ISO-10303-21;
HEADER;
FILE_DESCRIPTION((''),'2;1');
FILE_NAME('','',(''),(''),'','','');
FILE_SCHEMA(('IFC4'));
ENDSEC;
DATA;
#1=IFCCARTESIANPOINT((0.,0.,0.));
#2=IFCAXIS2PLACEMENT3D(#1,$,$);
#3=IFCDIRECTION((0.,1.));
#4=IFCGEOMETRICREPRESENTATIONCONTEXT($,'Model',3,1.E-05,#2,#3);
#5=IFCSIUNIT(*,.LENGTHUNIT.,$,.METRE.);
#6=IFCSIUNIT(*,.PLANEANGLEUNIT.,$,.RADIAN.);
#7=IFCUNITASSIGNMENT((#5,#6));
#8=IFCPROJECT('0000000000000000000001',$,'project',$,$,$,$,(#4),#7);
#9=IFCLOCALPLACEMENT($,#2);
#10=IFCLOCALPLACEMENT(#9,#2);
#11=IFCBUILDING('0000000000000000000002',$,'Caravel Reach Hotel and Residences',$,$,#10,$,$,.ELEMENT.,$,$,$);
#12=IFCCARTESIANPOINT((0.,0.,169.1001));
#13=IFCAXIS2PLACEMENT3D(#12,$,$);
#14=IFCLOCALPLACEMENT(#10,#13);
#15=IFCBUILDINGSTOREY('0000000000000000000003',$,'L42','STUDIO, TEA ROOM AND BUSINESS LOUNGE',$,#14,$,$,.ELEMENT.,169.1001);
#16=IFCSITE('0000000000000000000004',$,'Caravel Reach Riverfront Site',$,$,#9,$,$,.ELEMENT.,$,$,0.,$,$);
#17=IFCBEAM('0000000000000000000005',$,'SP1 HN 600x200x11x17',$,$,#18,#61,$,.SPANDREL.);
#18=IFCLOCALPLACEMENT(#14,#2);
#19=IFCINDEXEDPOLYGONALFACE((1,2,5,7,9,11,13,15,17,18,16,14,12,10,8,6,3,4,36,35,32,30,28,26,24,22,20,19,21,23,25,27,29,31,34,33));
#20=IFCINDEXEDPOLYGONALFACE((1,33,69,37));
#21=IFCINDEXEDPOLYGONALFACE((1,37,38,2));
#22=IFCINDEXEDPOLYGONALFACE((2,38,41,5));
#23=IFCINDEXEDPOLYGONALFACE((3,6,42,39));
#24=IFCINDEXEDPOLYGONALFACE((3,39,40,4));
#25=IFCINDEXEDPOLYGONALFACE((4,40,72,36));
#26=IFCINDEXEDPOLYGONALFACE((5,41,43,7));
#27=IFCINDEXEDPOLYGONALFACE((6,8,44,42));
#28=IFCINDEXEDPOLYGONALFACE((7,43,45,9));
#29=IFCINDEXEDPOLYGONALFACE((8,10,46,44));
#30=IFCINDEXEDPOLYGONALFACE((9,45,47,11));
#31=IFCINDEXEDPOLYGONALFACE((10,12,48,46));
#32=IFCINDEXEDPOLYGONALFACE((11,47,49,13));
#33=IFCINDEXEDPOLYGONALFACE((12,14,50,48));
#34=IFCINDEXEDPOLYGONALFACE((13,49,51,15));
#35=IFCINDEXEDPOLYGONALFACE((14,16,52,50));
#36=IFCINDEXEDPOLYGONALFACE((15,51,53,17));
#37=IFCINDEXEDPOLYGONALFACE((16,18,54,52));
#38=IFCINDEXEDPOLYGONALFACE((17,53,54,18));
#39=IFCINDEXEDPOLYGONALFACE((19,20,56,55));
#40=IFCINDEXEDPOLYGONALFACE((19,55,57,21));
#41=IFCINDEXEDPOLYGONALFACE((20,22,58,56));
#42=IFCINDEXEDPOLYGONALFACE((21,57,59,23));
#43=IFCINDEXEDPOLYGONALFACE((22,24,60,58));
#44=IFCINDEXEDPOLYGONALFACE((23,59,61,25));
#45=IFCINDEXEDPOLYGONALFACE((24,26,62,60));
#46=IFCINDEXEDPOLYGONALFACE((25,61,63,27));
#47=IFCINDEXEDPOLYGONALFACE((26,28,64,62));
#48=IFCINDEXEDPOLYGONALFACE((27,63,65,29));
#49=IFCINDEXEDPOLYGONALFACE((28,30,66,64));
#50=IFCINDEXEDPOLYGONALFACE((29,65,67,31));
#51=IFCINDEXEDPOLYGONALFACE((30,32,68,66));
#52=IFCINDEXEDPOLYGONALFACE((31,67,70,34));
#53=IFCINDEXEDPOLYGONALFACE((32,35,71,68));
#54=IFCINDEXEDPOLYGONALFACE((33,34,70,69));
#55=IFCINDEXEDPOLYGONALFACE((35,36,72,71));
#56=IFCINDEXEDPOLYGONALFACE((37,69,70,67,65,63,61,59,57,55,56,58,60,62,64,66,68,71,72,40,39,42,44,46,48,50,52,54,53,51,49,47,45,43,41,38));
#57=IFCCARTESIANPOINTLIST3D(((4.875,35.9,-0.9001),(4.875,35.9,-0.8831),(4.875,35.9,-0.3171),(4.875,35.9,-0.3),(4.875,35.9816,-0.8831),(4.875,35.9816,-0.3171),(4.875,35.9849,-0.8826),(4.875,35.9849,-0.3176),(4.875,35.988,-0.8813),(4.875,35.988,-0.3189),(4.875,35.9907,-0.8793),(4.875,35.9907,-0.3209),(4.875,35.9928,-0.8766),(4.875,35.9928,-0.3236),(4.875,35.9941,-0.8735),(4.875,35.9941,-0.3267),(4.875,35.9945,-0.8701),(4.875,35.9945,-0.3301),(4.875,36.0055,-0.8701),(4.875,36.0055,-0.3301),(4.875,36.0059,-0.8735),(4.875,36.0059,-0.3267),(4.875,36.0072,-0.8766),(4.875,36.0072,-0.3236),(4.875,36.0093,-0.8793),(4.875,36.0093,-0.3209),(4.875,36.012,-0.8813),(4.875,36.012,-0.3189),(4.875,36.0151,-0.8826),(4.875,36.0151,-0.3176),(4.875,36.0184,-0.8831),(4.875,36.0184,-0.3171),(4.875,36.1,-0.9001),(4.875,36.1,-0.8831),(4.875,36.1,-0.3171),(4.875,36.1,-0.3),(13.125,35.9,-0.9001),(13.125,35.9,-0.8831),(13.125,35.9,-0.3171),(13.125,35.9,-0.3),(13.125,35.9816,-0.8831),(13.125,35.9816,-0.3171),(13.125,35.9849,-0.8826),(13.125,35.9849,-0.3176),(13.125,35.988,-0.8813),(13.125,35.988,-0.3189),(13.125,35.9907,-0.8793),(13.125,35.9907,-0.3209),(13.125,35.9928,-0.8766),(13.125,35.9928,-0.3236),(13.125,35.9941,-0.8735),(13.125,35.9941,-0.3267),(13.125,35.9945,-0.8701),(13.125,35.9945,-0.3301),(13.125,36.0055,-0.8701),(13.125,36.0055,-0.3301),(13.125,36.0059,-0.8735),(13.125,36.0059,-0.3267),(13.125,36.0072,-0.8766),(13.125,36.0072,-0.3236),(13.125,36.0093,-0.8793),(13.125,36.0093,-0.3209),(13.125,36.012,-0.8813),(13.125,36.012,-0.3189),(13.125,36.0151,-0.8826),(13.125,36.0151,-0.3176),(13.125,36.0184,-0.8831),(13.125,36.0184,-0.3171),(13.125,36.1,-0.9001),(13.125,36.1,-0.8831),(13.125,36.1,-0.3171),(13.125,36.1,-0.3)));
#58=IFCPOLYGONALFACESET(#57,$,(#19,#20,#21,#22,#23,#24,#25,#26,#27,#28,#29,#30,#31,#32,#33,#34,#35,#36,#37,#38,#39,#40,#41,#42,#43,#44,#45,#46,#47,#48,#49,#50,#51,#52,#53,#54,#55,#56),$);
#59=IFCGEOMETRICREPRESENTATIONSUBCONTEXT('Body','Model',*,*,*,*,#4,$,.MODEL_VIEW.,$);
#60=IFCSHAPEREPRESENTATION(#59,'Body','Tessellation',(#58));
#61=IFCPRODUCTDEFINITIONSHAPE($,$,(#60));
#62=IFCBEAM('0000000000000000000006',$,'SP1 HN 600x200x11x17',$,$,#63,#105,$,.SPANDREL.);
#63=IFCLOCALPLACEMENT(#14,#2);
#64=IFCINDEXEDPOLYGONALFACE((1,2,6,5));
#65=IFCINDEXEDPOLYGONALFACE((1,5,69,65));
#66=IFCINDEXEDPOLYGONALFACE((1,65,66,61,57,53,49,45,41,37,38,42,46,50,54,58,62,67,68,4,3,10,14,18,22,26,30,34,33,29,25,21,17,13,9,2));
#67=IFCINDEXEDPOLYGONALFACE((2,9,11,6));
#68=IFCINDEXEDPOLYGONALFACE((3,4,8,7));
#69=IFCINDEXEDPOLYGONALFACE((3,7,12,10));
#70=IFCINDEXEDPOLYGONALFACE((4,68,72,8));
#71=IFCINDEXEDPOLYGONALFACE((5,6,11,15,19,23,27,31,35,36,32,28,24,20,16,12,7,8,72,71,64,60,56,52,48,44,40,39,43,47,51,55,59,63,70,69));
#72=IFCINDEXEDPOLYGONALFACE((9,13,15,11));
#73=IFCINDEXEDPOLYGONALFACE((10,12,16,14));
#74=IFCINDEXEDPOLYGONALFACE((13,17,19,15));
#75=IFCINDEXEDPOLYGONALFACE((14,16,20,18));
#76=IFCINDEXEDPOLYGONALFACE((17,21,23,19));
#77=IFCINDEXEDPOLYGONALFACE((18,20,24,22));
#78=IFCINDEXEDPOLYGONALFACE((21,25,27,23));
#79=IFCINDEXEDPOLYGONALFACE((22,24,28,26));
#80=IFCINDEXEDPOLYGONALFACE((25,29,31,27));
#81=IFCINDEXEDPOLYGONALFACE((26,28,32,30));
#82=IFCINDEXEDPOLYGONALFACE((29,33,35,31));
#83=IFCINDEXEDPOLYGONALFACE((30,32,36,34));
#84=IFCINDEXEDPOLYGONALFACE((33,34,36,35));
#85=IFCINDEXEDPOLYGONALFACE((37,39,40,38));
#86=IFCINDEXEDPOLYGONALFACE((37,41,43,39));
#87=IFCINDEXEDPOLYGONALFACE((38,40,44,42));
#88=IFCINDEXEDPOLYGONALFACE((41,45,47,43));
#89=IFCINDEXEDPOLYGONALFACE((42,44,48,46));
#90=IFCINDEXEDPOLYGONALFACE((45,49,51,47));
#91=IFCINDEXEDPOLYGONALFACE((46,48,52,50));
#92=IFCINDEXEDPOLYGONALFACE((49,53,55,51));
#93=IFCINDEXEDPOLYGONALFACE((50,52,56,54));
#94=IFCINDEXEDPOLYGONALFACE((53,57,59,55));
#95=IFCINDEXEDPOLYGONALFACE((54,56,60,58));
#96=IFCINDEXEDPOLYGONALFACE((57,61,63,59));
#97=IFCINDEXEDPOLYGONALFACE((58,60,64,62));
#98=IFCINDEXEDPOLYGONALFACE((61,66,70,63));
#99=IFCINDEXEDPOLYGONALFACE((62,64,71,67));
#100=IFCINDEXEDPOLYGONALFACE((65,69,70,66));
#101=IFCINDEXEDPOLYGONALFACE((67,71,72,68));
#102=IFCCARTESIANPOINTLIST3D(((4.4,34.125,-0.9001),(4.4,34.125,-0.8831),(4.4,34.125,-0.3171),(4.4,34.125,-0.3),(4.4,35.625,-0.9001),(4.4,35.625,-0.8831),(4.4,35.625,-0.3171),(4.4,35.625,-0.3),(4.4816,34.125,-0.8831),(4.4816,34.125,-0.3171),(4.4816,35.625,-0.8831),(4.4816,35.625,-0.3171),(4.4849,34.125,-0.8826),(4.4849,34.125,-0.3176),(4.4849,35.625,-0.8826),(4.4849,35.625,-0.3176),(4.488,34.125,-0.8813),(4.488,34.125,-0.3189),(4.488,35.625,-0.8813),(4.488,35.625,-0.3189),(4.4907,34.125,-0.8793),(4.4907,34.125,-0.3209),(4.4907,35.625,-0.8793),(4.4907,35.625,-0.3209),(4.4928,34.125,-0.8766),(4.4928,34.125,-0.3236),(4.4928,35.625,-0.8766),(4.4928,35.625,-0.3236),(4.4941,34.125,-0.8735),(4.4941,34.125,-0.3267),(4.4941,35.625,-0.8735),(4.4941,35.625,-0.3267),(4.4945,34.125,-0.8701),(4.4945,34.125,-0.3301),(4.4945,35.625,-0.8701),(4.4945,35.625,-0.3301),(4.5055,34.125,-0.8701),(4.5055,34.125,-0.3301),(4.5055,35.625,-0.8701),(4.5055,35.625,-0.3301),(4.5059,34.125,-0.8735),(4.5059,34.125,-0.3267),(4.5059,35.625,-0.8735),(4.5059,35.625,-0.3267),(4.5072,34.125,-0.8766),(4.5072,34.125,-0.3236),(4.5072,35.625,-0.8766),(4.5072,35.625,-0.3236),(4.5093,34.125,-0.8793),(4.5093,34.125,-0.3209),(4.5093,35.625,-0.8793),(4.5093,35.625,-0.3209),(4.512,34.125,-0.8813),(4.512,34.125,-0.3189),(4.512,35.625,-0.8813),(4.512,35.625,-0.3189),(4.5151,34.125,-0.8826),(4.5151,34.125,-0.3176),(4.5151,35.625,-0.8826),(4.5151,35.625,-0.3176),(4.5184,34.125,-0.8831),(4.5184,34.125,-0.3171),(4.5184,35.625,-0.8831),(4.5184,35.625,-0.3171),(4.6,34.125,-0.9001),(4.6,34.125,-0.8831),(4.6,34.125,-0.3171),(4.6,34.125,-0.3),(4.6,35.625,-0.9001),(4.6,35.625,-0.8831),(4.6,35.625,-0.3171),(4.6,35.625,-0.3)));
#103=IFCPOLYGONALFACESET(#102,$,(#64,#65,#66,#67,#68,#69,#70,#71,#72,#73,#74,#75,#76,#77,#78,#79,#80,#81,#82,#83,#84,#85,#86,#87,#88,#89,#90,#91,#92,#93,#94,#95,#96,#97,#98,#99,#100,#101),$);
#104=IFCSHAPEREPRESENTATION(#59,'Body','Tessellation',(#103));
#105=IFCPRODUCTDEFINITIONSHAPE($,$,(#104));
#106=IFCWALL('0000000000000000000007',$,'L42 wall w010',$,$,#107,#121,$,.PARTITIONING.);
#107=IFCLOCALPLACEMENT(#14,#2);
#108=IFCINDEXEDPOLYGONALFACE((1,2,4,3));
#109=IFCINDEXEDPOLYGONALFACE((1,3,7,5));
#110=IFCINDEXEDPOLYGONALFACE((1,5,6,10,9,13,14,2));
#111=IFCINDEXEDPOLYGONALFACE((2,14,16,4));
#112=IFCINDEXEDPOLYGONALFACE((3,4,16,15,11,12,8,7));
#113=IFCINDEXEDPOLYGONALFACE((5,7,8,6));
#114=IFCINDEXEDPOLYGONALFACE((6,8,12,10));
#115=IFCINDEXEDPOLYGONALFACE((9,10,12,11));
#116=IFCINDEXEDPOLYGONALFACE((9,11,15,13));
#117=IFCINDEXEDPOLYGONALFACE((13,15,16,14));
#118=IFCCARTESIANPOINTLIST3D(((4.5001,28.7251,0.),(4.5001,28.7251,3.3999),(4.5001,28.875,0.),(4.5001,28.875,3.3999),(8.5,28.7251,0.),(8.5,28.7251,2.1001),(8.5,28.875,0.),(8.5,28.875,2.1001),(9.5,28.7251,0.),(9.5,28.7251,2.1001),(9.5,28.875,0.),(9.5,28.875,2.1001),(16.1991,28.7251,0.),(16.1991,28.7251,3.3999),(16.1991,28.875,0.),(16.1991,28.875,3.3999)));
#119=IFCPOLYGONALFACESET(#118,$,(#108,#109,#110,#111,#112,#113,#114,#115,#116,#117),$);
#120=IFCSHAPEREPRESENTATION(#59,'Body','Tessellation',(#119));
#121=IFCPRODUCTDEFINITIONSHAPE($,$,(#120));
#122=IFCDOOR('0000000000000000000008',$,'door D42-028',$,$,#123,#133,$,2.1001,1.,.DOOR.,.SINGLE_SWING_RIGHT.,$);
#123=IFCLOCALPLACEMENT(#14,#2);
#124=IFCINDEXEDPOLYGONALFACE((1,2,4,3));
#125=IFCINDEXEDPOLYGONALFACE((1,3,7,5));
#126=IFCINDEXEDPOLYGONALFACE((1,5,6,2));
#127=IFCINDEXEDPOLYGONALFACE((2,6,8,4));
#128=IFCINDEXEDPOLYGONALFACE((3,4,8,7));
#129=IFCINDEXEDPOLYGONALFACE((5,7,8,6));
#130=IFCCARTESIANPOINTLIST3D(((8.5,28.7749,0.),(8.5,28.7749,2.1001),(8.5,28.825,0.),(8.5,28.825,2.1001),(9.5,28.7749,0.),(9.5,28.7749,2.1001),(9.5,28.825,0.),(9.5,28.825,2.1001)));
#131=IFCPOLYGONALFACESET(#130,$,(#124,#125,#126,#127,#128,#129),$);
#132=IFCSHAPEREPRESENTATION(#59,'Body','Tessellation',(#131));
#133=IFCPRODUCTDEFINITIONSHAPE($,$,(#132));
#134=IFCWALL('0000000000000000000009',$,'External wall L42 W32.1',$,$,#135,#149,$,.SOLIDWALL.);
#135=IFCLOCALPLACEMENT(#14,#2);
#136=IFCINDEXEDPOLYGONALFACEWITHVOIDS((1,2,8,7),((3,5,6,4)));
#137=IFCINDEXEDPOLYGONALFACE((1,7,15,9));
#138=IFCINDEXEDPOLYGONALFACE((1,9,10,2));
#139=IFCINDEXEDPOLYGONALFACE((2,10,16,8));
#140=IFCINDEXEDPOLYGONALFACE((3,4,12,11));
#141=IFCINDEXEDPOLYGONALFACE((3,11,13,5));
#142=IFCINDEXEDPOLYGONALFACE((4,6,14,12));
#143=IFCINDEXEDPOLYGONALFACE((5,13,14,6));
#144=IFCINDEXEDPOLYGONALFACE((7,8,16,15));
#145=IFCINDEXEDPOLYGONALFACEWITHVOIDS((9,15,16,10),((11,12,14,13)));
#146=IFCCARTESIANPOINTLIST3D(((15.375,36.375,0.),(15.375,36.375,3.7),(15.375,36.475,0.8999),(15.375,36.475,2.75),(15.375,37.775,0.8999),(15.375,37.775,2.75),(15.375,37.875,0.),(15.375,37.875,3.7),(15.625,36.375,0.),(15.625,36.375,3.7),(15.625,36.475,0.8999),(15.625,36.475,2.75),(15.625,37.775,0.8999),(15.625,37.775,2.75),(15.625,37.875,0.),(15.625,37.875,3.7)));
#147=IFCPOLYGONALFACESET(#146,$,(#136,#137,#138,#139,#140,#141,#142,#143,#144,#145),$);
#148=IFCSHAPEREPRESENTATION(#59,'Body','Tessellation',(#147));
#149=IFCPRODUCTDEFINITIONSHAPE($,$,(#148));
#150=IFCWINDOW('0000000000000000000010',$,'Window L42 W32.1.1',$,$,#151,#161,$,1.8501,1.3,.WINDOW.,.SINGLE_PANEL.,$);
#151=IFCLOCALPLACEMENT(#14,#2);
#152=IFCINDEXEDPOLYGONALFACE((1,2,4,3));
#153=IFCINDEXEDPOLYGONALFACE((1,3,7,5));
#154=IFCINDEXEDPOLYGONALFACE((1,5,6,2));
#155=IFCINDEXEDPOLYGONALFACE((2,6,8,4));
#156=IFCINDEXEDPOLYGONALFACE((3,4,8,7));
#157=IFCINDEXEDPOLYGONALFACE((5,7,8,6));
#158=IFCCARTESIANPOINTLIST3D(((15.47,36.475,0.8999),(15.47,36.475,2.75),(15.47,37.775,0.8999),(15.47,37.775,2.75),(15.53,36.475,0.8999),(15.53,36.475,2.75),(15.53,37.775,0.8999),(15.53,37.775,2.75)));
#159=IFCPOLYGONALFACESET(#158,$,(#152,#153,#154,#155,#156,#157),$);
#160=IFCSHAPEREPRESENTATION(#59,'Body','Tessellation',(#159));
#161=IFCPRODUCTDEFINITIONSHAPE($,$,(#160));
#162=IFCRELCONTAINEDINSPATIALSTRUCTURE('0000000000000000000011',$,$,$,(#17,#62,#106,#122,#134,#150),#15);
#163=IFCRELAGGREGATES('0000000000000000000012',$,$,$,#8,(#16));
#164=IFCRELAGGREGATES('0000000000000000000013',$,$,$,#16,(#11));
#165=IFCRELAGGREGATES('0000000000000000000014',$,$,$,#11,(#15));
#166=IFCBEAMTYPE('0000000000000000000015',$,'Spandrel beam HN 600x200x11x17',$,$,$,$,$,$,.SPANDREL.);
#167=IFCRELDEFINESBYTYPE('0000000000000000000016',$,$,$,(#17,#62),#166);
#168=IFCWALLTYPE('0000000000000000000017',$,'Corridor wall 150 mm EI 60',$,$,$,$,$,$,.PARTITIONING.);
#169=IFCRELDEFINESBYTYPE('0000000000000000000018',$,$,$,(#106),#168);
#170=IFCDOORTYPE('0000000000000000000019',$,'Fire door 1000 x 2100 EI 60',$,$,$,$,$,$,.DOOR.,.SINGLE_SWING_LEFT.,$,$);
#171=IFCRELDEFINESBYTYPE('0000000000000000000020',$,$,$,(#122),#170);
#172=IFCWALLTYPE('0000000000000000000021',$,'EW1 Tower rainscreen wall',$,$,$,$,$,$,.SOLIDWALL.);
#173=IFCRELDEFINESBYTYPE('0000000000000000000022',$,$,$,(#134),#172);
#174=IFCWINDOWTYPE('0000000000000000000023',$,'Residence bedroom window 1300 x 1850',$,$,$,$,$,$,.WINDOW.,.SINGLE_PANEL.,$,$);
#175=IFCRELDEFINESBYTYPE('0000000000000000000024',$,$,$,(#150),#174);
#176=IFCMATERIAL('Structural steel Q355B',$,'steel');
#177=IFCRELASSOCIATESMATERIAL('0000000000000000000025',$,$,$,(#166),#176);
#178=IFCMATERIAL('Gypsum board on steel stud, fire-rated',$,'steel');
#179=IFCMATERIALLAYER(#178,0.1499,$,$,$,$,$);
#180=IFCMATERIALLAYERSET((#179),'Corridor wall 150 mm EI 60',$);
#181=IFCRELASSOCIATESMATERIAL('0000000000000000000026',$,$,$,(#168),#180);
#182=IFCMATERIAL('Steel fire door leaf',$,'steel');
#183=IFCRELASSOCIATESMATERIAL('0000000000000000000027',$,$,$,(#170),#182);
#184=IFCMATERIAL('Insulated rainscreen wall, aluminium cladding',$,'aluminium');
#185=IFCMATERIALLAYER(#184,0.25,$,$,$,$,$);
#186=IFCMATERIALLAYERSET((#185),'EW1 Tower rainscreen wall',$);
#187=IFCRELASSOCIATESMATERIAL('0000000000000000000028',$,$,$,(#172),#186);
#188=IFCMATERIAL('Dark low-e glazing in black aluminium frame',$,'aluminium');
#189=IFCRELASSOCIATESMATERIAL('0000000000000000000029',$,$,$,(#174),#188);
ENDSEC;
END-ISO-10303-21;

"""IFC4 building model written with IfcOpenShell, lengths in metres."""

from ifc_helpers import new_model, si_unit, direction, frame, frame_2d, origin, origin_2d, place, context, subcontext, project, spatial, rectangle, i_section, extrude, material, layer, layer_set, material_profile, profile_set, type_object, element, fill, save


model = new_model("IFC4")

# Units and contexts
model_context = context("Model", 3, precision=1e-05, world=origin(), true_north=direction((0.0, 1.0)))
body_context = subcontext(model_context, "Body", "Model", "MODEL_VIEW")
ifc_project = project(units=[si_unit("LENGTHUNIT", "METRE"), si_unit("PLANEANGLEUNIT", "RADIAN")], contexts=[model_context])

# Site, building, storey
site_placement = place(None, origin())
site = spatial("IfcSite", under=ifc_project, at=site_placement, Name="Caravel Reach Riverfront Site", CompositionType="ELEMENT", RefElevation=0.0)
building_placement = place(site_placement, origin())
building = spatial("IfcBuilding", under=site, at=building_placement, Name="Caravel Reach Hotel and Residences", CompositionType="ELEMENT")
storey_placement = place(building_placement, frame((0.0, 0.0, 169.1001)))
storey = spatial("IfcBuildingStorey", under=building, at=storey_placement, Name="L42", Description="STUDIO, TEA ROOM AND BUSINESS LOUNGE", CompositionType="ELEMENT", Elevation=169.1001)

# Beams
ifc_material_1 = material(Name="Structural steel Q355B", Category="steel")
ifc_material_profile_1 = material_profile(ifc_material_1, i_section(OverallWidth=0.2, OverallDepth=0.6001, WebThickness=0.011, FlangeThickness=0.0171, FilletRadius=0.0129, at=origin_2d()), Name="HN 600x200x11x17")
ifc_profile_set_1 = profile_set([ifc_material_profile_1], Name="Structural steel Q355B")
beam_type_1 = type_object("IfcBeamType", Name="Spandrel beam HN 600x200x11x17", PredefinedType="SPANDREL", material=ifc_profile_set_1)
beam_1_placement = place(storey_placement, frame((13.125, 36.0, -0.6001), z_axis=(-1.0, 0.0, 0.0), x_axis=(0.0, -1.0, 0.0)))
element("IfcBeam", 1, at=beam_1_placement, inside=storey, type_object=beam_type_1, Name="SP1 HN 600x200x11x17", PredefinedType="SPANDREL", context=body_context, shape_type="SweptSolid", body=[
    extrude(i_section(OverallWidth=0.2, OverallDepth=0.6001, WebThickness=0.011, FlangeThickness=0.0171, FilletRadius=0.0129, at=origin_2d()), origin(), (0.0, 0.0, 1.0), 8.25),
])
beam_2_placement = place(storey_placement, frame((4.5, 35.625, -0.6001), z_axis=(0.0, -1.0, 0.0), x_axis=(1.0, 0.0, 0.0)))
element("IfcBeam", 2, at=beam_2_placement, inside=storey, type_object=beam_type_1, Name="SP1 HN 600x200x11x17", PredefinedType="SPANDREL", context=body_context, shape_type="SweptSolid", body=[
    extrude(i_section(OverallWidth=0.2, OverallDepth=0.6001, WebThickness=0.011, FlangeThickness=0.0171, FilletRadius=0.0129, at=origin_2d()), origin(), (0.0, 0.0, 1.0), 1.5),
])

# Wall, opening, door
ifc_material_2 = material(Name="Gypsum board on steel stud, fire-rated", Category="steel")
ifc_layer_1 = layer(ifc_material_2, 0.1499)
ifc_layer_set_1 = layer_set([ifc_layer_1], Name="Corridor wall 150 mm EI 60")
wall_type_1 = type_object("IfcWallType", Name="Corridor wall 150 mm EI 60", PredefinedType="PARTITIONING", material=ifc_layer_set_1)
wall_1_placement = place(storey_placement, frame((4.5, 28.8, 0.0), z_axis=(0.0, 0.0, 1.0), x_axis=(1.0, 0.0, 0.0)))
wall_1 = element("IfcWall", 3, at=wall_1_placement, inside=storey, type_object=wall_type_1, Name="L42 wall w010", PredefinedType="PARTITIONING", context=body_context, shape_type="SweptSolid", body=[
    extrude(rectangle(XDim=11.699, YDim=0.1499, at=frame_2d((5.8496, 0.0))), origin(), (0.0, 0.0, 1.0), 3.3999),
])
opening_1_placement = place(wall_1_placement, frame((4.0, 0.0, 0.0)))
opening_1 = element("IfcOpeningElement", 4, at=opening_1_placement, cuts=wall_1, PredefinedType="OPENING", context=body_context, shape_type="SweptSolid", body=[
    extrude(rectangle(XDim=1.0, YDim=2.1001, at=frame_2d((0.5, 1.05))), frame((0.0, 0.085, 0.0), z_axis=(0.0, -1.0, 0.0), x_axis=(1.0, 0.0, 0.0)), (0.0, 0.0, 1.0), 0.1699),
])
ifc_material_3 = material(Name="Steel fire door leaf", Category="steel")
door_type = type_object("IfcDoorType", Name="Fire door 1000 x 2100 EI 60", OperationType="SINGLE_SWING_LEFT", PredefinedType="DOOR", material=ifc_material_3)
door_placement = place(opening_1_placement, origin())
door = element("IfcDoor", 5, at=door_placement, inside=storey, type_object=door_type, Name="door D42-028", OperationType="SINGLE_SWING_RIGHT", OverallHeight=2.1001, OverallWidth=1.0, PredefinedType="DOOR", context=body_context, shape_type="SweptSolid", body=[
    extrude(rectangle(XDim=1.0, YDim=2.1001, at=frame_2d((0.5, 1.05))), frame((0.0, 0.0249, 0.0), z_axis=(0.0, -1.0, 0.0), x_axis=(1.0, 0.0, 0.0)), (0.0, 0.0, 1.0), 0.05),
])
fill(opening_1, door)

# Wall, opening, window
ifc_material_4 = material(Name="Insulated rainscreen wall, aluminium cladding", Category="aluminium")
ifc_layer_2 = layer(ifc_material_4, 0.25)
ifc_layer_set_2 = layer_set([ifc_layer_2], Name="EW1 Tower rainscreen wall")
wall_type_2 = type_object("IfcWallType", Name="EW1 Tower rainscreen wall", PredefinedType="SOLIDWALL", material=ifc_layer_set_2)
wall_2_placement = place(storey_placement, frame((15.5, 37.875, 0.0), z_axis=(0.0, 0.0, 1.0), x_axis=(0.0, -1.0, 0.0)))
wall_2 = element("IfcWall", 6, at=wall_2_placement, inside=storey, type_object=wall_type_2, Name="External wall L42 W32.1", PredefinedType="SOLIDWALL", context=body_context, shape_type="SweptSolid", body=[
    extrude(rectangle(XDim=1.5, YDim=0.25, at=frame_2d((0.75, 0.0))), origin(), (0.0, 0.0, 1.0), 3.7),
])
opening_2_placement = place(wall_2_placement, frame((0.1001, 0.0, 0.8999)))
opening_2 = element("IfcOpeningElement", 7, at=opening_2_placement, cuts=wall_2, PredefinedType="OPENING", context=body_context, shape_type="SweptSolid", body=[
    extrude(rectangle(XDim=1.3, YDim=1.8501, at=frame_2d((0.6499, 0.925))), frame((0.0, 0.135, 0.0), z_axis=(0.0, -1.0, 0.0), x_axis=(1.0, 0.0, 0.0)), (0.0, 0.0, 1.0), 0.27),
])
ifc_material_5 = material(Name="Dark low-e glazing in black aluminium frame", Category="aluminium")
window_type_1 = type_object("IfcWindowType", Name="Residence bedroom window 1300 x 1850", PartitioningType="SINGLE_PANEL", PredefinedType="WINDOW", material=ifc_material_5)
window_1_placement = place(opening_2_placement, origin())
window_1 = element("IfcWindow", 8, at=window_1_placement, inside=storey, type_object=window_type_1, Name="Window L42 W32.1.1", OverallHeight=1.8501, OverallWidth=1.3, PartitioningType="SINGLE_PANEL", PredefinedType="WINDOW", context=body_context, shape_type="SweptSolid", body=[
    extrude(rectangle(XDim=1.3, YDim=1.8501, at=frame_2d((0.6499, 0.925))), frame((0.0, 0.03, 0.0), z_axis=(0.0, -1.0, 0.0), x_axis=(1.0, 0.0, 0.0)), (0.0, 0.0, 1.0), 0.0601),
])
fill(opening_2, window_1)

save(model, "model.ifc")
